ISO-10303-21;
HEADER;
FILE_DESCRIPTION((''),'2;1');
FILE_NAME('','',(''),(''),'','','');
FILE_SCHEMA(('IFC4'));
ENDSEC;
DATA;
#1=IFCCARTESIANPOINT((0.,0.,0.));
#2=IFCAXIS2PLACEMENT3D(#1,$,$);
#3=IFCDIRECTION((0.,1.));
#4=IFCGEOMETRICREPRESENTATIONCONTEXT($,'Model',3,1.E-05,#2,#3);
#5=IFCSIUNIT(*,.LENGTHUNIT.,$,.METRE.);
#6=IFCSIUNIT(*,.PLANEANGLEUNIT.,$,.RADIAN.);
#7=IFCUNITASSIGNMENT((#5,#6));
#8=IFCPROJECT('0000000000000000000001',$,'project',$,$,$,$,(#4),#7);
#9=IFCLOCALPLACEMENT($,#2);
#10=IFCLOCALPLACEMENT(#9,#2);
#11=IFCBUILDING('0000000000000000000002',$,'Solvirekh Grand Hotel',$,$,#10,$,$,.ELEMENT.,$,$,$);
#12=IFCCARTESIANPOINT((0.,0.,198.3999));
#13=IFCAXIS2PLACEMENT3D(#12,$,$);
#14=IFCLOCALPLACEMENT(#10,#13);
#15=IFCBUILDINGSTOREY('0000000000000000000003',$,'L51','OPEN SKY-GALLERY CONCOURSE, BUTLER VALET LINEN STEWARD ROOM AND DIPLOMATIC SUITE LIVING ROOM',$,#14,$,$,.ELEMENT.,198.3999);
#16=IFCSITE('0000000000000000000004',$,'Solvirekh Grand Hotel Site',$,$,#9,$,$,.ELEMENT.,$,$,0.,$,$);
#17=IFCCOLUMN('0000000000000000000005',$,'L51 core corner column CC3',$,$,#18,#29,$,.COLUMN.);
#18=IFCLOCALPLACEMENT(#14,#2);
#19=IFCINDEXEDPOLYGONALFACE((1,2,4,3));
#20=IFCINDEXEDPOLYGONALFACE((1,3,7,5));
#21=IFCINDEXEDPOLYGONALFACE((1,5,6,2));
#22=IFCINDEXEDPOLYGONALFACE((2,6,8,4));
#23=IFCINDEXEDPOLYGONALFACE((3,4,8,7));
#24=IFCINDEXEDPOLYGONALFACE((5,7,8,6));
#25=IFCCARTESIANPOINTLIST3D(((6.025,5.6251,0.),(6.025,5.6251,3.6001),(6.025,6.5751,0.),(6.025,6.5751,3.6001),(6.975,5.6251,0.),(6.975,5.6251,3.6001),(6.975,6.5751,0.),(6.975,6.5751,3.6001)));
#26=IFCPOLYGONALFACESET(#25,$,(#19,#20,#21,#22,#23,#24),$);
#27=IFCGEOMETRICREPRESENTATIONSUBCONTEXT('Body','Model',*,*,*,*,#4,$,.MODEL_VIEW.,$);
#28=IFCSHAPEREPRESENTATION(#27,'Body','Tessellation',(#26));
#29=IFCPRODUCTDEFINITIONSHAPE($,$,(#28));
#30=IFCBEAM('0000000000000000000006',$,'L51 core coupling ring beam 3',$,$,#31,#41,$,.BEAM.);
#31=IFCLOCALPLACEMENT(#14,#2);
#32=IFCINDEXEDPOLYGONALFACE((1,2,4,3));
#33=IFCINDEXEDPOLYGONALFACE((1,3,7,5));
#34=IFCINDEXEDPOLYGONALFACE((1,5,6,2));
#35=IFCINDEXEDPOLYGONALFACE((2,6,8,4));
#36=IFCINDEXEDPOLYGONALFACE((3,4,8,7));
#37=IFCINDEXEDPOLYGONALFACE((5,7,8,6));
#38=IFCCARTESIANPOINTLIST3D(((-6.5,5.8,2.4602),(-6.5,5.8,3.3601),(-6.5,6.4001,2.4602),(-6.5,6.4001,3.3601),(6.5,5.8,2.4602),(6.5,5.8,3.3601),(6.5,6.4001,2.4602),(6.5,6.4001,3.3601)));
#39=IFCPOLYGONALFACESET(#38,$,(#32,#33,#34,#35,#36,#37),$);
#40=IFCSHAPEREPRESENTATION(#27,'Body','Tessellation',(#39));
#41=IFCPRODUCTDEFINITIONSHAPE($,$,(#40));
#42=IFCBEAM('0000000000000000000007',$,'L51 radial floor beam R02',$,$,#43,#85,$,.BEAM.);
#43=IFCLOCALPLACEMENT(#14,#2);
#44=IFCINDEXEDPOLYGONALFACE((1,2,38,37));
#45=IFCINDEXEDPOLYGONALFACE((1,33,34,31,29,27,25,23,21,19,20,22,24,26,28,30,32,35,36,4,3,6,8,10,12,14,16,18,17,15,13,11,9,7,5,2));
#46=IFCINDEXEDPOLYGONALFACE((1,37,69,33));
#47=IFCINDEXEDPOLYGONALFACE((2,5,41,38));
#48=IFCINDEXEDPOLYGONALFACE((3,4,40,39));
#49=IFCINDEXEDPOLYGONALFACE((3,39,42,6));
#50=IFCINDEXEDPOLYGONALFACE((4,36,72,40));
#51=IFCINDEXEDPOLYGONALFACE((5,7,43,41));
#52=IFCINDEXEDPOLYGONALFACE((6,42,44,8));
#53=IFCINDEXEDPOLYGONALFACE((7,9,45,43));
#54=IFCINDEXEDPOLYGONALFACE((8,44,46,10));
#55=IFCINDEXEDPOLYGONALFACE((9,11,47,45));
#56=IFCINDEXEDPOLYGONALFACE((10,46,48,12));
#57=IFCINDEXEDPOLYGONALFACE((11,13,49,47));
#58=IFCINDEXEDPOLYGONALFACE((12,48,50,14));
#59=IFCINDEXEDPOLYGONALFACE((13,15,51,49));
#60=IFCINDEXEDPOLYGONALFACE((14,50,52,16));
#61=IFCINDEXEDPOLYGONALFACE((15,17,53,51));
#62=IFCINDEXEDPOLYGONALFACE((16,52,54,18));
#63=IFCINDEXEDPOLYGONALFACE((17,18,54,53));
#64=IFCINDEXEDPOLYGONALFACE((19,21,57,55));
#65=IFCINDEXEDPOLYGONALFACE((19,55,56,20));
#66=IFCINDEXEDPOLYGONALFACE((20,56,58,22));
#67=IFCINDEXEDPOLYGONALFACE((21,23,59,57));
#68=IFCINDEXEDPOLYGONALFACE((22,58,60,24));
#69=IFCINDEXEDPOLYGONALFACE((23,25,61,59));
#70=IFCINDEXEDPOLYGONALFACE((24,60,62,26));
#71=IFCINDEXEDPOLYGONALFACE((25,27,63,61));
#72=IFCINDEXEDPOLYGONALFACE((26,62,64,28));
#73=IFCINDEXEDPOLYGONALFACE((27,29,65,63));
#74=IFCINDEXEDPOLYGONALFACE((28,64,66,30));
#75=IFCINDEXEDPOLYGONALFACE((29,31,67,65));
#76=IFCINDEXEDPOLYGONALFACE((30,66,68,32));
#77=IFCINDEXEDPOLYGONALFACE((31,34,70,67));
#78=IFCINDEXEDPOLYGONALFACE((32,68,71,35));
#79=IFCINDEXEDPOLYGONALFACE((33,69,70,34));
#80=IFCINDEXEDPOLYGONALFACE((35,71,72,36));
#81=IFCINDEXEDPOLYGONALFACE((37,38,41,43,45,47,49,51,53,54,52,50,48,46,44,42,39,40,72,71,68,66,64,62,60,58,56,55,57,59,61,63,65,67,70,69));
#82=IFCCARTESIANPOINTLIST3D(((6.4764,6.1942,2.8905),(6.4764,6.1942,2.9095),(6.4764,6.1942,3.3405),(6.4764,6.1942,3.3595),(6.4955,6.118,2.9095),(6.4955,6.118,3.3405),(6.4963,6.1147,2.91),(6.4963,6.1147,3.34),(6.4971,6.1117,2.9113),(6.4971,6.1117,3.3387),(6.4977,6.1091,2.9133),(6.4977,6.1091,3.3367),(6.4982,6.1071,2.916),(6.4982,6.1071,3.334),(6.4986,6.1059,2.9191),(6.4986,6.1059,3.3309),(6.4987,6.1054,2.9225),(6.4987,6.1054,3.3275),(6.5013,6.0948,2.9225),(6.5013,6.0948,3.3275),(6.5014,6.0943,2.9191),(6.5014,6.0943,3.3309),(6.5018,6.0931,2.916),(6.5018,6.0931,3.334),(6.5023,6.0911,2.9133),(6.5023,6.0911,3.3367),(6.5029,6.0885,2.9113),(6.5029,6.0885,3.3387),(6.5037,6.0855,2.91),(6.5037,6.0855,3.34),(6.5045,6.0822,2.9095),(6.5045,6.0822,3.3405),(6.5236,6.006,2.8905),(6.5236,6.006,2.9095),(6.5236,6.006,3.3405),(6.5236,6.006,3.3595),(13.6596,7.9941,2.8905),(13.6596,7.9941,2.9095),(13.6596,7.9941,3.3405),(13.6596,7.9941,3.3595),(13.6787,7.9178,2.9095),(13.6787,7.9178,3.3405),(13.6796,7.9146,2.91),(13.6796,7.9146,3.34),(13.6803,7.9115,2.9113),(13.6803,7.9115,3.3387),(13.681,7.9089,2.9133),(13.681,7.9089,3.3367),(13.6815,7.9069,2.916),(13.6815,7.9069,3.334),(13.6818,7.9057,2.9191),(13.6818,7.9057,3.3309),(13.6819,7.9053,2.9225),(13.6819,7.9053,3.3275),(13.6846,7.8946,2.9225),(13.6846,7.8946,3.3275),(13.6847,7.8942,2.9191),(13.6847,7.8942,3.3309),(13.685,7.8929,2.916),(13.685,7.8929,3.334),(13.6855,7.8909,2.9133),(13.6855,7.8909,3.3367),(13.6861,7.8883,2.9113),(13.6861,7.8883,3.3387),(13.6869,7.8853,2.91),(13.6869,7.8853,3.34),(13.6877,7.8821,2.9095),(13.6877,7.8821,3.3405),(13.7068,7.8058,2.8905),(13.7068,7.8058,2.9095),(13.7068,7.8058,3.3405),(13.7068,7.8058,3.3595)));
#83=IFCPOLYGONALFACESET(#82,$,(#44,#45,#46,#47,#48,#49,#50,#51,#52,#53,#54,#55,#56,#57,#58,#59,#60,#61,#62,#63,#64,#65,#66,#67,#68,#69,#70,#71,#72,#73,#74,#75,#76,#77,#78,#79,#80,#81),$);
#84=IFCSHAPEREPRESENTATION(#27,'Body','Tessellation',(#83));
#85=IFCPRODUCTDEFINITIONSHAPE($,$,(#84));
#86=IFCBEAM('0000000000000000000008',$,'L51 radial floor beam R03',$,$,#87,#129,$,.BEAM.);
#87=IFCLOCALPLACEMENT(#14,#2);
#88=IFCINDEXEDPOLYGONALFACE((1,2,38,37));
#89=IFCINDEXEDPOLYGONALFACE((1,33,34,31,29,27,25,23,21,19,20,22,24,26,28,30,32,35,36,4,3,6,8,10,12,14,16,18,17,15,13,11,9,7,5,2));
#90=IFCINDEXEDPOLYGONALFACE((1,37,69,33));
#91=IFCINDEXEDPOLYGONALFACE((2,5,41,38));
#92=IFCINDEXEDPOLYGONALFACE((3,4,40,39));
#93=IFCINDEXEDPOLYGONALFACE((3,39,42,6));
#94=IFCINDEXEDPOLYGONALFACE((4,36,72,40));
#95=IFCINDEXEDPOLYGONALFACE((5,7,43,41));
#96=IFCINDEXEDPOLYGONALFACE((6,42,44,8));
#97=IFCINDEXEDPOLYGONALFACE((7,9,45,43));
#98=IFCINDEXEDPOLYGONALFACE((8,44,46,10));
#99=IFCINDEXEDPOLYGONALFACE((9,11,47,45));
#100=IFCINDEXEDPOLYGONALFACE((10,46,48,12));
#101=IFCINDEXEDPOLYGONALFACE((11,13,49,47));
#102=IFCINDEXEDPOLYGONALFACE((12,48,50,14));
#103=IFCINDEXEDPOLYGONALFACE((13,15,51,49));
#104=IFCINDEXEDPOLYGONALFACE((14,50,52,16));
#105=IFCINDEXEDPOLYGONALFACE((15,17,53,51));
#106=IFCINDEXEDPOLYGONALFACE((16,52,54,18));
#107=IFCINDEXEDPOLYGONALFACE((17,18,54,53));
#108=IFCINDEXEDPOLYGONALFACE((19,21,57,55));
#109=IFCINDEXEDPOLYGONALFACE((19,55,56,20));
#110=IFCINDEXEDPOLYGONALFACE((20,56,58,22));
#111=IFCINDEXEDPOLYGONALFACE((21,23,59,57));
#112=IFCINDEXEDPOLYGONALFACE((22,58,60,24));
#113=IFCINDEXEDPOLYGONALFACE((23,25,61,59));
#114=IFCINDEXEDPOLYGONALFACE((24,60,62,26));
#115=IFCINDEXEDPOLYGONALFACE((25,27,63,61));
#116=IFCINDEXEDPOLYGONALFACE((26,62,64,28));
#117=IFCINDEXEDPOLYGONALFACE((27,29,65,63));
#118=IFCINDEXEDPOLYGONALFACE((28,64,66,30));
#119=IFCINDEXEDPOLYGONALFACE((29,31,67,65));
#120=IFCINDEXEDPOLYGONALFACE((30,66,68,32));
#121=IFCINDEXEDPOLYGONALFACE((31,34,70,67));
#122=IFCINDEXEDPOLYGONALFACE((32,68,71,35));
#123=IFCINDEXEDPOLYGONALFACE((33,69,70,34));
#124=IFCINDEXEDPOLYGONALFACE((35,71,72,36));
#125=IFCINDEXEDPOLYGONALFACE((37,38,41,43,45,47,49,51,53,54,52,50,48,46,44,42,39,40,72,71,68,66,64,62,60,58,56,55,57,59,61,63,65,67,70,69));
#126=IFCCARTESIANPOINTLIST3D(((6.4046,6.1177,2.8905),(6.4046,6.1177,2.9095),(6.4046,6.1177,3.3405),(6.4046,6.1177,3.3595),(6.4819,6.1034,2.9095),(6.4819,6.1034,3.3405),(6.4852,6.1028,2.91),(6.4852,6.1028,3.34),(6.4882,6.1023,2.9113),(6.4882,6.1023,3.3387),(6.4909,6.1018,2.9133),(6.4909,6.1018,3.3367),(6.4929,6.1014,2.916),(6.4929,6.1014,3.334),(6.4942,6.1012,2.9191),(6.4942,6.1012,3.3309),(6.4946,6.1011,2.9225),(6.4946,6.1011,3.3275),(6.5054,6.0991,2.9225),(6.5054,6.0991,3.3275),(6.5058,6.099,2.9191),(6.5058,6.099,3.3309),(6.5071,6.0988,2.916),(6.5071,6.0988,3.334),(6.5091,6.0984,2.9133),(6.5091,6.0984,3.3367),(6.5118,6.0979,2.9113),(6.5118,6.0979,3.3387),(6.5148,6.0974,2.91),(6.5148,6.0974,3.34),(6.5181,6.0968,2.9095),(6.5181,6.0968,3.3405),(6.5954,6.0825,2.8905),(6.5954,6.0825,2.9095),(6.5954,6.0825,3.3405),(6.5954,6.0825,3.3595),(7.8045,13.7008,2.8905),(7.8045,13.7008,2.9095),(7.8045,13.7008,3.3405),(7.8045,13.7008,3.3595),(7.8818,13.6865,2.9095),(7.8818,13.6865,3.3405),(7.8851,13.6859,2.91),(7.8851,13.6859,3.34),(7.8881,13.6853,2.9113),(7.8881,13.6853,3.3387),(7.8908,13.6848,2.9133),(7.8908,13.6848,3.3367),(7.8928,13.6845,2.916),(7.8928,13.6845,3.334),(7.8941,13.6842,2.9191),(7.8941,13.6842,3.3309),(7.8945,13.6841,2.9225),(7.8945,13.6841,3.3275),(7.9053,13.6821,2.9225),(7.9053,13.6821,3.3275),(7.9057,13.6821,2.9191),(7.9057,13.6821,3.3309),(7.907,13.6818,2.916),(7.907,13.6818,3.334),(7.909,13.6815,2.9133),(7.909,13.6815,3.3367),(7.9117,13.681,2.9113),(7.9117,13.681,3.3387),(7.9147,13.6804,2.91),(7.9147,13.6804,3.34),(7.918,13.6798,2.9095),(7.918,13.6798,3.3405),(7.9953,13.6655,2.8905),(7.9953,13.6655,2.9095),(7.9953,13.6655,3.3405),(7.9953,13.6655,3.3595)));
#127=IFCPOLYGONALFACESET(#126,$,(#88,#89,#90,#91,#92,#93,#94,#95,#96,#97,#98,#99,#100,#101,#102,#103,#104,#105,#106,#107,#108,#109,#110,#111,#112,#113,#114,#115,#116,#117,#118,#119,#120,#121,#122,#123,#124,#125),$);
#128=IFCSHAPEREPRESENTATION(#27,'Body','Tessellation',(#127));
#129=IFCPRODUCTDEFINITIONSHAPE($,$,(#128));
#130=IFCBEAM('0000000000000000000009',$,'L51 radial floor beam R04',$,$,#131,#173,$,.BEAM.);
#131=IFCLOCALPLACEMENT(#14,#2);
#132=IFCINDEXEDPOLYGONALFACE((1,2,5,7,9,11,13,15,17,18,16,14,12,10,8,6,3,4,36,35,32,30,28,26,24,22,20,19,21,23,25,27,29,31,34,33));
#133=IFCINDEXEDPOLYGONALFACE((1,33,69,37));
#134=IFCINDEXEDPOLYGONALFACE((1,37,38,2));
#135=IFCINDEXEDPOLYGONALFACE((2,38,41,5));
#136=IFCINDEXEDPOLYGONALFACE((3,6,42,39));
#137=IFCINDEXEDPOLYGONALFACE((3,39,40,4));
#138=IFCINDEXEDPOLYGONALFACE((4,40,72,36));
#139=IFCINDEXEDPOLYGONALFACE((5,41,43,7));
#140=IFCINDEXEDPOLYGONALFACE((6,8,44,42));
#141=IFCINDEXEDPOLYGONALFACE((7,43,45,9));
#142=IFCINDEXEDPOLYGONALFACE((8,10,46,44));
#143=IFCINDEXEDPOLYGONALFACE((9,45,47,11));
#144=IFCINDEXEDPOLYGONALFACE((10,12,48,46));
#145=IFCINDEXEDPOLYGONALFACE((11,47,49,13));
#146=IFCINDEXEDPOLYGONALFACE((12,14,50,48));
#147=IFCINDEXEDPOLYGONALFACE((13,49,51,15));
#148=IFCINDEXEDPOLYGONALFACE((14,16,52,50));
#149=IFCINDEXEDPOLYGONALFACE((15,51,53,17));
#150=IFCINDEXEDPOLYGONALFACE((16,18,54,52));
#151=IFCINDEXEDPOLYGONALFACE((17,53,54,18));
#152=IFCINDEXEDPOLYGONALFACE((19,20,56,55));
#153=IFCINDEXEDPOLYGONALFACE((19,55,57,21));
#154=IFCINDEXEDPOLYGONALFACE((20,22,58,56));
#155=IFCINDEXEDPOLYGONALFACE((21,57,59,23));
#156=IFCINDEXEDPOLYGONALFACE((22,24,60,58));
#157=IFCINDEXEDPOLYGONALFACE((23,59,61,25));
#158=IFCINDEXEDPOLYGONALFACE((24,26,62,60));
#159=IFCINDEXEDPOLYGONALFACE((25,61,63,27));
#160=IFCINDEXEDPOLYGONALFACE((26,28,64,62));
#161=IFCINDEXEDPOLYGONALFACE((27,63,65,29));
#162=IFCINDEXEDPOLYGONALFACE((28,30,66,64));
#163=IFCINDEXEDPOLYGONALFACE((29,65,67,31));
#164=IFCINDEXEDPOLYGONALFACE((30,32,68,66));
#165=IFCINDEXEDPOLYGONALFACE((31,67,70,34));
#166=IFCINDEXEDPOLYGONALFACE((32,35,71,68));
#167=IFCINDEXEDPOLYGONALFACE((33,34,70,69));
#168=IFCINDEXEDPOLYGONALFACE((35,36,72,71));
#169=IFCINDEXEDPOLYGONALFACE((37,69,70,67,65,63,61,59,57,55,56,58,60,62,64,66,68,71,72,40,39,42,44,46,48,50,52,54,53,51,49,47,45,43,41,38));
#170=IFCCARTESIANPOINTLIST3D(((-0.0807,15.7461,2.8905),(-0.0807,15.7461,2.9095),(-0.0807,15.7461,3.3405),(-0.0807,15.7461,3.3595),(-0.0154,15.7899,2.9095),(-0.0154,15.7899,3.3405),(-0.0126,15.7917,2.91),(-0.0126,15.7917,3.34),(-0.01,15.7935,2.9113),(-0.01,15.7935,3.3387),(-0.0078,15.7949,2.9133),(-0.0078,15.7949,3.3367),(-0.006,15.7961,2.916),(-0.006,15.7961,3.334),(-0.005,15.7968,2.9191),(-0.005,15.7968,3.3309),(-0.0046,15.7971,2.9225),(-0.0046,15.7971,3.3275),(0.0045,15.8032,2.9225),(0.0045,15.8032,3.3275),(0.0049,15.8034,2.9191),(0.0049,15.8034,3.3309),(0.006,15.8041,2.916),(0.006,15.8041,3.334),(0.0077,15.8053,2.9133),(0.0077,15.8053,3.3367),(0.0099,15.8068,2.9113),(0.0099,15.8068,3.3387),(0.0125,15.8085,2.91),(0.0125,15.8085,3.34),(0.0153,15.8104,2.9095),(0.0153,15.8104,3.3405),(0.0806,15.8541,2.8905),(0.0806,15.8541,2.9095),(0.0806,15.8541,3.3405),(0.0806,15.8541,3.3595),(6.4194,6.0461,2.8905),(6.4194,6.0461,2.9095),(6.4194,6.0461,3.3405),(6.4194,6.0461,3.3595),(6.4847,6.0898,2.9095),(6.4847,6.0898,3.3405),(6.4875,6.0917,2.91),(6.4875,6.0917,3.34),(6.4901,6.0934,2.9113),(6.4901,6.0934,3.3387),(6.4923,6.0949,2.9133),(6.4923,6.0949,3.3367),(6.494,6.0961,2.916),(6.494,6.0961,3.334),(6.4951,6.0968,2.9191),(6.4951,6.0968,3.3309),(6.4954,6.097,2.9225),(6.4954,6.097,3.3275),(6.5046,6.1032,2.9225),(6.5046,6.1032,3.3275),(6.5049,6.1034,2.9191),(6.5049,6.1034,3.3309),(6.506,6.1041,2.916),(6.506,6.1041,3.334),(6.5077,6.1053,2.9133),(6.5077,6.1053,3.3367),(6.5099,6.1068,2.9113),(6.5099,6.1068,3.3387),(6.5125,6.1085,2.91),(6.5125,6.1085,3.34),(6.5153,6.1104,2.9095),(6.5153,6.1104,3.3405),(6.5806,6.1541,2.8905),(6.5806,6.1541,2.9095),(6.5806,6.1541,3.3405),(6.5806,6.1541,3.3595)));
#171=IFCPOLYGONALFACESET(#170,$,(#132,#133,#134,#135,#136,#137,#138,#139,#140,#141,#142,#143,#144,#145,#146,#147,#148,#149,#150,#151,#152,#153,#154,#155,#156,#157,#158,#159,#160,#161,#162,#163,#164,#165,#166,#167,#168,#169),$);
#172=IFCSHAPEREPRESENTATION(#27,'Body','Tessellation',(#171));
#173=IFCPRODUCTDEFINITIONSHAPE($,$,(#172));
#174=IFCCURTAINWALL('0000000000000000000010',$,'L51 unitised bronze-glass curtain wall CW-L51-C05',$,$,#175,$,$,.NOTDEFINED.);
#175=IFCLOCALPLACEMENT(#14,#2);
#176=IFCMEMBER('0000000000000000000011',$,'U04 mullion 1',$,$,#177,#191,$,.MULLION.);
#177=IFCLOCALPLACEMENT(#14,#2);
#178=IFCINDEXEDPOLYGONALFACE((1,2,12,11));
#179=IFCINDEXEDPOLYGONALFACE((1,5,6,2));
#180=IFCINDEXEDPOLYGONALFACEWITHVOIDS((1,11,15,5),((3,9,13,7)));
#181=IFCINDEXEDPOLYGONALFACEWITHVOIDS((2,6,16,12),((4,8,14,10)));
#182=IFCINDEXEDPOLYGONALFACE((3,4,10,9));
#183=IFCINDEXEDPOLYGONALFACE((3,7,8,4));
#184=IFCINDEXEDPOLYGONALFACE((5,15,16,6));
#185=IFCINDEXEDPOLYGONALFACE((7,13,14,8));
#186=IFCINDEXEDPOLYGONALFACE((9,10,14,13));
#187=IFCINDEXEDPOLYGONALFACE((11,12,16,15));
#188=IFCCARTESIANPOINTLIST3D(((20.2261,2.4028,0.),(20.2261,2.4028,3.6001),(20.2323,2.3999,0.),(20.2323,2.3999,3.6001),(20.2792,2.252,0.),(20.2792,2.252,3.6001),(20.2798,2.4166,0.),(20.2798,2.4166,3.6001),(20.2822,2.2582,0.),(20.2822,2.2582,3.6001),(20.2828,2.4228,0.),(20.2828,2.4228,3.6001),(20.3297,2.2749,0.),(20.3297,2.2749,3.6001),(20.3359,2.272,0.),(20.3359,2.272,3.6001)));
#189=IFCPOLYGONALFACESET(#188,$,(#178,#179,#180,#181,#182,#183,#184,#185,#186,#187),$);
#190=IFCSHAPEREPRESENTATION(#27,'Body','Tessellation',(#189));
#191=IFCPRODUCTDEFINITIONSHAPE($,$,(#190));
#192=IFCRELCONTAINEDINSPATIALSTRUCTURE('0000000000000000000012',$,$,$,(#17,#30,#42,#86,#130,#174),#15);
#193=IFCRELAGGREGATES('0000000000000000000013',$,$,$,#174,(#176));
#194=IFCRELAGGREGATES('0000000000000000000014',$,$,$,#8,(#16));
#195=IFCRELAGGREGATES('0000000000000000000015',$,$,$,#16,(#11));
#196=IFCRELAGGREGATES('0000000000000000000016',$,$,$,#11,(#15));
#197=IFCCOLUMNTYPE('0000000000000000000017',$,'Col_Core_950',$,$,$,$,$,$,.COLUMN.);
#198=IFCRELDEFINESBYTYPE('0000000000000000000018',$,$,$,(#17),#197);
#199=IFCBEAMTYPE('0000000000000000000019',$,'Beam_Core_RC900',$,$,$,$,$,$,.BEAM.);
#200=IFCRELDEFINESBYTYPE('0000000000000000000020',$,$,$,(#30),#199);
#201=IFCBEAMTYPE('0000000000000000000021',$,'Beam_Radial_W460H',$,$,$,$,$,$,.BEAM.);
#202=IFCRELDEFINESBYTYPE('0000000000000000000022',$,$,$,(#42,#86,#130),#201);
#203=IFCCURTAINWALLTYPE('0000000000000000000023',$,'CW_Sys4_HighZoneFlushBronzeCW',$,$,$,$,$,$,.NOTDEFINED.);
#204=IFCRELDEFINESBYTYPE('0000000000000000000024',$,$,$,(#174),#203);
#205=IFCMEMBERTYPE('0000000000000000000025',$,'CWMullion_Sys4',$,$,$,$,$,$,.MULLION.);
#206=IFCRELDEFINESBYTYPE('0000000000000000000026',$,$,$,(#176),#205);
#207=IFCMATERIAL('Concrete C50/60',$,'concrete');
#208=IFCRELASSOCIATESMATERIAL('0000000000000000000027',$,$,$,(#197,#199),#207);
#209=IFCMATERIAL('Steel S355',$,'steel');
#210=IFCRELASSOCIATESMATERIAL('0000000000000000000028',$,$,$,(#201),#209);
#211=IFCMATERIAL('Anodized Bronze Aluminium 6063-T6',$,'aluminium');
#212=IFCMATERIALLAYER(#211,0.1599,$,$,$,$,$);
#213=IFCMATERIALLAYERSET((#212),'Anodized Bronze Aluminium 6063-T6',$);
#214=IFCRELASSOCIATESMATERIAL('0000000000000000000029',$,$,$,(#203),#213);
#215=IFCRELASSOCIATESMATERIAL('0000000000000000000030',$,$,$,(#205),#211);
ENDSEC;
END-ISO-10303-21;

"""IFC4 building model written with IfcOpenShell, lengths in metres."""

from ifc_helpers import new_model, si_unit, direction, frame, origin, origin_2d, place, context, subcontext, project, spatial, rectangle, hollow_rectangle, i_section, extrude, source, transform, mapped, material, layer, layer_set, material_profile, profile_set, type_object, element, aggregate, save


model = new_model("IFC4")

# Units and contexts
model_context = context("Model", 3, precision=1e-05, world=origin(), true_north=direction((0.0, 1.0)))
body_context = subcontext(model_context, "Body", "Model", "MODEL_VIEW")
ifc_project = project(units=[si_unit("LENGTHUNIT", "METRE"), si_unit("PLANEANGLEUNIT", "RADIAN")], contexts=[model_context])

# Site, building, storey
site_placement = place(None, origin())
site = spatial("IfcSite", under=ifc_project, at=site_placement, Name="Solvirekh Grand Hotel Site", CompositionType="ELEMENT", RefElevation=0.0)
building_placement = place(site_placement, origin())
building = spatial("IfcBuilding", under=site, at=building_placement, Name="Solvirekh Grand Hotel", CompositionType="ELEMENT")
storey_placement = place(building_placement, frame((0.0, 0.0, 198.3999)))
storey = spatial("IfcBuildingStorey", under=building, at=storey_placement, Name="L51", Description="OPEN SKY-GALLERY CONCOURSE, BUTLER VALET LINEN STEWARD ROOM AND DIPLOMATIC SUITE LIVING ROOM", CompositionType="ELEMENT", Elevation=198.3999)

# Column
ifc_material_1 = material(Name="Concrete C50/60", Category="concrete")
ifc_material_profile_1 = material_profile(ifc_material_1, rectangle(XDim=0.95, YDim=0.95, at=origin_2d()), Name="RC 950X950")
ifc_profile_set_1 = profile_set([ifc_material_profile_1], Name="Concrete C50/60")
column_type = type_object("IfcColumnType", Name="Col_Core_950", PredefinedType="COLUMN", material=ifc_profile_set_1)
column_placement = place(storey_placement, frame((6.5, 6.1001, 0.0), z_axis=(0.0, 0.0, 1.0), x_axis=(1.0, 0.0, 0.0)))
element("IfcColumn", 1, at=column_placement, inside=storey, type_object=column_type, Name="L51 core corner column CC3", PredefinedType="COLUMN", context=body_context, shape_type="SweptSolid", body=[
    extrude(rectangle(XDim=0.95, YDim=0.95, at=origin_2d()), origin(), (0.0, 0.0, 1.0), 3.6001),
])

# Beams
ifc_material_profile_2 = material_profile(ifc_material_1, rectangle(XDim=0.6001, YDim=0.8999, at=origin_2d()), Name="RC BEAM 600X900")
ifc_profile_set_2 = profile_set([ifc_material_profile_2], Name="Concrete C50/60")
beam_type_1 = type_object("IfcBeamType", Name="Beam_Core_RC900", PredefinedType="BEAM", material=ifc_profile_set_2)
beam_1_placement = place(storey_placement, frame((6.5, 6.1001, 2.9102), z_axis=(-1.0, 0.0, 0.0), x_axis=(0.0, -1.0, 0.0)))
element("IfcBeam", 2, at=beam_1_placement, inside=storey, type_object=beam_type_1, Name="L51 core coupling ring beam 3", PredefinedType="BEAM", context=body_context, shape_type="SweptSolid", body=[
    extrude(rectangle(XDim=0.6001, YDim=0.8999, at=origin_2d()), origin(), (0.0, 0.0, 1.0), 13.0),
])
ifc_material_2 = material(Name="Steel S355", Category="steel")
ifc_material_profile_3 = material_profile(ifc_material_2, i_section(OverallWidth=0.1941, OverallDepth=0.469, WebThickness=0.011, FlangeThickness=0.019, FilletRadius=0.0129, at=origin_2d()), Name="W460X106")
ifc_profile_set_3 = profile_set([ifc_material_profile_3], Name="Steel S355")
beam_type_2 = type_object("IfcBeamType", Name="Beam_Radial_W460H", PredefinedType="BEAM", material=ifc_profile_set_3)
beam_2_placement = place(storey_placement, frame((6.5, 6.1001, 3.125), z_axis=(0.970014, 0.243048, 0.0), x_axis=(-0.243048, 0.970014, 0.0)))
element("IfcBeam", 3, at=beam_2_placement, inside=storey, type_object=beam_type_2, Name="L51 radial floor beam R02", PredefinedType="BEAM", context=body_context, shape_type="SweptSolid", body=[
    extrude(i_section(OverallWidth=0.1941, OverallDepth=0.469, WebThickness=0.011, FlangeThickness=0.019, FilletRadius=0.0129, at=origin_2d()), origin(), (0.0, 0.0, 1.0), 7.4053),
])
beam_3_placement = place(storey_placement, frame((6.5, 6.1001, 3.125), z_axis=(0.181543, 0.983383, 0.0), x_axis=(-0.983383, 0.181543, 0.0)))
element("IfcBeam", 4, at=beam_3_placement, inside=storey, type_object=beam_type_2, Name="L51 radial floor beam R03", PredefinedType="BEAM", context=body_context, shape_type="SweptSolid", body=[
    extrude(i_section(OverallWidth=0.1941, OverallDepth=0.469, WebThickness=0.011, FlangeThickness=0.019, FilletRadius=0.0129, at=origin_2d()), origin(), (0.0, 0.0, 1.0), 7.7112),
])
beam_4_placement = place(storey_placement, frame((6.5, 6.1001, 3.125), z_axis=(-0.556677, 0.830729, 0.0), x_axis=(-0.830729, -0.556677, 0.0)))
element("IfcBeam", 5, at=beam_4_placement, inside=storey, type_object=beam_type_2, Name="L51 radial floor beam R04", PredefinedType="BEAM", context=body_context, shape_type="SweptSolid", body=[
    extrude(i_section(OverallWidth=0.1941, OverallDepth=0.469, WebThickness=0.011, FlangeThickness=0.019, FilletRadius=0.0129, at=origin_2d()), origin(), (0.0, 0.0, 1.0), 11.6765),
])

# Curtain wall, member
ifc_material_3 = material(Name="Anodized Bronze Aluminium 6063-T6", Category="aluminium")
ifc_layer_1 = layer(ifc_material_3, 0.1599)
ifc_layer_set_1 = layer_set([ifc_layer_1], Name="Anodized Bronze Aluminium 6063-T6")
curtain_wall_type = type_object("IfcCurtainWallType", Name="CW_Sys4_HighZoneFlushBronzeCW", PredefinedType="NOTDEFINED", material=ifc_layer_set_1)
curtain_wall_placement = place(storey_placement, origin())
curtain_wall = element("IfcCurtainWall", 6, at=curtain_wall_placement, inside=storey, type_object=curtain_wall_type, Name="L51 unitised bronze-glass curtain wall CW-L51-C05", PredefinedType="NOTDEFINED")
ifc_material_profile_4 = material_profile(ifc_material_3, hollow_rectangle(XDim=0.0601, YDim=0.1599, WallThickness=0.0049, at=origin_2d()), Name="ALU RHS 160X60X5")
ifc_profile_set_4 = profile_set([ifc_material_profile_4], Name="Anodized Bronze Aluminium 6063-T6")
member_type_1 = type_object("IfcMemberType", Name="CWMullion_Sys4", PredefinedType="MULLION", material=ifc_profile_set_4)
shared_shape_1 = source(origin(), body_context, "Body", "SweptSolid", [
    extrude(hollow_rectangle(XDim=0.0601, YDim=0.1599, WallThickness=0.0049, at=origin_2d()), origin(), (0.0, 0.0, 1.0), 3.6001),
])
member_1_placement = place(storey_placement, frame((20.281, 2.3374, 0.0), z_axis=(0.0, 0.0, 1.0), x_axis=(-0.943197, -0.332234, 0.0)))
member_1 = element("IfcMember", 7, at=member_1_placement, type_object=member_type_1, Name="U04 mullion 1", PredefinedType="MULLION", context=body_context, shape_type="MappedRepresentation", body=[
    mapped(shared_shape_1, transform((0.0, 0.0, 0.0), x_axis=(1.0, 0.0, 0.0), y_axis=(0.0, 1.0, 0.0), z_axis=(0.0, 0.0, 1.0), scale=1.0)),
])
aggregate(curtain_wall, [member_1])

save(model, "model.ifc")
